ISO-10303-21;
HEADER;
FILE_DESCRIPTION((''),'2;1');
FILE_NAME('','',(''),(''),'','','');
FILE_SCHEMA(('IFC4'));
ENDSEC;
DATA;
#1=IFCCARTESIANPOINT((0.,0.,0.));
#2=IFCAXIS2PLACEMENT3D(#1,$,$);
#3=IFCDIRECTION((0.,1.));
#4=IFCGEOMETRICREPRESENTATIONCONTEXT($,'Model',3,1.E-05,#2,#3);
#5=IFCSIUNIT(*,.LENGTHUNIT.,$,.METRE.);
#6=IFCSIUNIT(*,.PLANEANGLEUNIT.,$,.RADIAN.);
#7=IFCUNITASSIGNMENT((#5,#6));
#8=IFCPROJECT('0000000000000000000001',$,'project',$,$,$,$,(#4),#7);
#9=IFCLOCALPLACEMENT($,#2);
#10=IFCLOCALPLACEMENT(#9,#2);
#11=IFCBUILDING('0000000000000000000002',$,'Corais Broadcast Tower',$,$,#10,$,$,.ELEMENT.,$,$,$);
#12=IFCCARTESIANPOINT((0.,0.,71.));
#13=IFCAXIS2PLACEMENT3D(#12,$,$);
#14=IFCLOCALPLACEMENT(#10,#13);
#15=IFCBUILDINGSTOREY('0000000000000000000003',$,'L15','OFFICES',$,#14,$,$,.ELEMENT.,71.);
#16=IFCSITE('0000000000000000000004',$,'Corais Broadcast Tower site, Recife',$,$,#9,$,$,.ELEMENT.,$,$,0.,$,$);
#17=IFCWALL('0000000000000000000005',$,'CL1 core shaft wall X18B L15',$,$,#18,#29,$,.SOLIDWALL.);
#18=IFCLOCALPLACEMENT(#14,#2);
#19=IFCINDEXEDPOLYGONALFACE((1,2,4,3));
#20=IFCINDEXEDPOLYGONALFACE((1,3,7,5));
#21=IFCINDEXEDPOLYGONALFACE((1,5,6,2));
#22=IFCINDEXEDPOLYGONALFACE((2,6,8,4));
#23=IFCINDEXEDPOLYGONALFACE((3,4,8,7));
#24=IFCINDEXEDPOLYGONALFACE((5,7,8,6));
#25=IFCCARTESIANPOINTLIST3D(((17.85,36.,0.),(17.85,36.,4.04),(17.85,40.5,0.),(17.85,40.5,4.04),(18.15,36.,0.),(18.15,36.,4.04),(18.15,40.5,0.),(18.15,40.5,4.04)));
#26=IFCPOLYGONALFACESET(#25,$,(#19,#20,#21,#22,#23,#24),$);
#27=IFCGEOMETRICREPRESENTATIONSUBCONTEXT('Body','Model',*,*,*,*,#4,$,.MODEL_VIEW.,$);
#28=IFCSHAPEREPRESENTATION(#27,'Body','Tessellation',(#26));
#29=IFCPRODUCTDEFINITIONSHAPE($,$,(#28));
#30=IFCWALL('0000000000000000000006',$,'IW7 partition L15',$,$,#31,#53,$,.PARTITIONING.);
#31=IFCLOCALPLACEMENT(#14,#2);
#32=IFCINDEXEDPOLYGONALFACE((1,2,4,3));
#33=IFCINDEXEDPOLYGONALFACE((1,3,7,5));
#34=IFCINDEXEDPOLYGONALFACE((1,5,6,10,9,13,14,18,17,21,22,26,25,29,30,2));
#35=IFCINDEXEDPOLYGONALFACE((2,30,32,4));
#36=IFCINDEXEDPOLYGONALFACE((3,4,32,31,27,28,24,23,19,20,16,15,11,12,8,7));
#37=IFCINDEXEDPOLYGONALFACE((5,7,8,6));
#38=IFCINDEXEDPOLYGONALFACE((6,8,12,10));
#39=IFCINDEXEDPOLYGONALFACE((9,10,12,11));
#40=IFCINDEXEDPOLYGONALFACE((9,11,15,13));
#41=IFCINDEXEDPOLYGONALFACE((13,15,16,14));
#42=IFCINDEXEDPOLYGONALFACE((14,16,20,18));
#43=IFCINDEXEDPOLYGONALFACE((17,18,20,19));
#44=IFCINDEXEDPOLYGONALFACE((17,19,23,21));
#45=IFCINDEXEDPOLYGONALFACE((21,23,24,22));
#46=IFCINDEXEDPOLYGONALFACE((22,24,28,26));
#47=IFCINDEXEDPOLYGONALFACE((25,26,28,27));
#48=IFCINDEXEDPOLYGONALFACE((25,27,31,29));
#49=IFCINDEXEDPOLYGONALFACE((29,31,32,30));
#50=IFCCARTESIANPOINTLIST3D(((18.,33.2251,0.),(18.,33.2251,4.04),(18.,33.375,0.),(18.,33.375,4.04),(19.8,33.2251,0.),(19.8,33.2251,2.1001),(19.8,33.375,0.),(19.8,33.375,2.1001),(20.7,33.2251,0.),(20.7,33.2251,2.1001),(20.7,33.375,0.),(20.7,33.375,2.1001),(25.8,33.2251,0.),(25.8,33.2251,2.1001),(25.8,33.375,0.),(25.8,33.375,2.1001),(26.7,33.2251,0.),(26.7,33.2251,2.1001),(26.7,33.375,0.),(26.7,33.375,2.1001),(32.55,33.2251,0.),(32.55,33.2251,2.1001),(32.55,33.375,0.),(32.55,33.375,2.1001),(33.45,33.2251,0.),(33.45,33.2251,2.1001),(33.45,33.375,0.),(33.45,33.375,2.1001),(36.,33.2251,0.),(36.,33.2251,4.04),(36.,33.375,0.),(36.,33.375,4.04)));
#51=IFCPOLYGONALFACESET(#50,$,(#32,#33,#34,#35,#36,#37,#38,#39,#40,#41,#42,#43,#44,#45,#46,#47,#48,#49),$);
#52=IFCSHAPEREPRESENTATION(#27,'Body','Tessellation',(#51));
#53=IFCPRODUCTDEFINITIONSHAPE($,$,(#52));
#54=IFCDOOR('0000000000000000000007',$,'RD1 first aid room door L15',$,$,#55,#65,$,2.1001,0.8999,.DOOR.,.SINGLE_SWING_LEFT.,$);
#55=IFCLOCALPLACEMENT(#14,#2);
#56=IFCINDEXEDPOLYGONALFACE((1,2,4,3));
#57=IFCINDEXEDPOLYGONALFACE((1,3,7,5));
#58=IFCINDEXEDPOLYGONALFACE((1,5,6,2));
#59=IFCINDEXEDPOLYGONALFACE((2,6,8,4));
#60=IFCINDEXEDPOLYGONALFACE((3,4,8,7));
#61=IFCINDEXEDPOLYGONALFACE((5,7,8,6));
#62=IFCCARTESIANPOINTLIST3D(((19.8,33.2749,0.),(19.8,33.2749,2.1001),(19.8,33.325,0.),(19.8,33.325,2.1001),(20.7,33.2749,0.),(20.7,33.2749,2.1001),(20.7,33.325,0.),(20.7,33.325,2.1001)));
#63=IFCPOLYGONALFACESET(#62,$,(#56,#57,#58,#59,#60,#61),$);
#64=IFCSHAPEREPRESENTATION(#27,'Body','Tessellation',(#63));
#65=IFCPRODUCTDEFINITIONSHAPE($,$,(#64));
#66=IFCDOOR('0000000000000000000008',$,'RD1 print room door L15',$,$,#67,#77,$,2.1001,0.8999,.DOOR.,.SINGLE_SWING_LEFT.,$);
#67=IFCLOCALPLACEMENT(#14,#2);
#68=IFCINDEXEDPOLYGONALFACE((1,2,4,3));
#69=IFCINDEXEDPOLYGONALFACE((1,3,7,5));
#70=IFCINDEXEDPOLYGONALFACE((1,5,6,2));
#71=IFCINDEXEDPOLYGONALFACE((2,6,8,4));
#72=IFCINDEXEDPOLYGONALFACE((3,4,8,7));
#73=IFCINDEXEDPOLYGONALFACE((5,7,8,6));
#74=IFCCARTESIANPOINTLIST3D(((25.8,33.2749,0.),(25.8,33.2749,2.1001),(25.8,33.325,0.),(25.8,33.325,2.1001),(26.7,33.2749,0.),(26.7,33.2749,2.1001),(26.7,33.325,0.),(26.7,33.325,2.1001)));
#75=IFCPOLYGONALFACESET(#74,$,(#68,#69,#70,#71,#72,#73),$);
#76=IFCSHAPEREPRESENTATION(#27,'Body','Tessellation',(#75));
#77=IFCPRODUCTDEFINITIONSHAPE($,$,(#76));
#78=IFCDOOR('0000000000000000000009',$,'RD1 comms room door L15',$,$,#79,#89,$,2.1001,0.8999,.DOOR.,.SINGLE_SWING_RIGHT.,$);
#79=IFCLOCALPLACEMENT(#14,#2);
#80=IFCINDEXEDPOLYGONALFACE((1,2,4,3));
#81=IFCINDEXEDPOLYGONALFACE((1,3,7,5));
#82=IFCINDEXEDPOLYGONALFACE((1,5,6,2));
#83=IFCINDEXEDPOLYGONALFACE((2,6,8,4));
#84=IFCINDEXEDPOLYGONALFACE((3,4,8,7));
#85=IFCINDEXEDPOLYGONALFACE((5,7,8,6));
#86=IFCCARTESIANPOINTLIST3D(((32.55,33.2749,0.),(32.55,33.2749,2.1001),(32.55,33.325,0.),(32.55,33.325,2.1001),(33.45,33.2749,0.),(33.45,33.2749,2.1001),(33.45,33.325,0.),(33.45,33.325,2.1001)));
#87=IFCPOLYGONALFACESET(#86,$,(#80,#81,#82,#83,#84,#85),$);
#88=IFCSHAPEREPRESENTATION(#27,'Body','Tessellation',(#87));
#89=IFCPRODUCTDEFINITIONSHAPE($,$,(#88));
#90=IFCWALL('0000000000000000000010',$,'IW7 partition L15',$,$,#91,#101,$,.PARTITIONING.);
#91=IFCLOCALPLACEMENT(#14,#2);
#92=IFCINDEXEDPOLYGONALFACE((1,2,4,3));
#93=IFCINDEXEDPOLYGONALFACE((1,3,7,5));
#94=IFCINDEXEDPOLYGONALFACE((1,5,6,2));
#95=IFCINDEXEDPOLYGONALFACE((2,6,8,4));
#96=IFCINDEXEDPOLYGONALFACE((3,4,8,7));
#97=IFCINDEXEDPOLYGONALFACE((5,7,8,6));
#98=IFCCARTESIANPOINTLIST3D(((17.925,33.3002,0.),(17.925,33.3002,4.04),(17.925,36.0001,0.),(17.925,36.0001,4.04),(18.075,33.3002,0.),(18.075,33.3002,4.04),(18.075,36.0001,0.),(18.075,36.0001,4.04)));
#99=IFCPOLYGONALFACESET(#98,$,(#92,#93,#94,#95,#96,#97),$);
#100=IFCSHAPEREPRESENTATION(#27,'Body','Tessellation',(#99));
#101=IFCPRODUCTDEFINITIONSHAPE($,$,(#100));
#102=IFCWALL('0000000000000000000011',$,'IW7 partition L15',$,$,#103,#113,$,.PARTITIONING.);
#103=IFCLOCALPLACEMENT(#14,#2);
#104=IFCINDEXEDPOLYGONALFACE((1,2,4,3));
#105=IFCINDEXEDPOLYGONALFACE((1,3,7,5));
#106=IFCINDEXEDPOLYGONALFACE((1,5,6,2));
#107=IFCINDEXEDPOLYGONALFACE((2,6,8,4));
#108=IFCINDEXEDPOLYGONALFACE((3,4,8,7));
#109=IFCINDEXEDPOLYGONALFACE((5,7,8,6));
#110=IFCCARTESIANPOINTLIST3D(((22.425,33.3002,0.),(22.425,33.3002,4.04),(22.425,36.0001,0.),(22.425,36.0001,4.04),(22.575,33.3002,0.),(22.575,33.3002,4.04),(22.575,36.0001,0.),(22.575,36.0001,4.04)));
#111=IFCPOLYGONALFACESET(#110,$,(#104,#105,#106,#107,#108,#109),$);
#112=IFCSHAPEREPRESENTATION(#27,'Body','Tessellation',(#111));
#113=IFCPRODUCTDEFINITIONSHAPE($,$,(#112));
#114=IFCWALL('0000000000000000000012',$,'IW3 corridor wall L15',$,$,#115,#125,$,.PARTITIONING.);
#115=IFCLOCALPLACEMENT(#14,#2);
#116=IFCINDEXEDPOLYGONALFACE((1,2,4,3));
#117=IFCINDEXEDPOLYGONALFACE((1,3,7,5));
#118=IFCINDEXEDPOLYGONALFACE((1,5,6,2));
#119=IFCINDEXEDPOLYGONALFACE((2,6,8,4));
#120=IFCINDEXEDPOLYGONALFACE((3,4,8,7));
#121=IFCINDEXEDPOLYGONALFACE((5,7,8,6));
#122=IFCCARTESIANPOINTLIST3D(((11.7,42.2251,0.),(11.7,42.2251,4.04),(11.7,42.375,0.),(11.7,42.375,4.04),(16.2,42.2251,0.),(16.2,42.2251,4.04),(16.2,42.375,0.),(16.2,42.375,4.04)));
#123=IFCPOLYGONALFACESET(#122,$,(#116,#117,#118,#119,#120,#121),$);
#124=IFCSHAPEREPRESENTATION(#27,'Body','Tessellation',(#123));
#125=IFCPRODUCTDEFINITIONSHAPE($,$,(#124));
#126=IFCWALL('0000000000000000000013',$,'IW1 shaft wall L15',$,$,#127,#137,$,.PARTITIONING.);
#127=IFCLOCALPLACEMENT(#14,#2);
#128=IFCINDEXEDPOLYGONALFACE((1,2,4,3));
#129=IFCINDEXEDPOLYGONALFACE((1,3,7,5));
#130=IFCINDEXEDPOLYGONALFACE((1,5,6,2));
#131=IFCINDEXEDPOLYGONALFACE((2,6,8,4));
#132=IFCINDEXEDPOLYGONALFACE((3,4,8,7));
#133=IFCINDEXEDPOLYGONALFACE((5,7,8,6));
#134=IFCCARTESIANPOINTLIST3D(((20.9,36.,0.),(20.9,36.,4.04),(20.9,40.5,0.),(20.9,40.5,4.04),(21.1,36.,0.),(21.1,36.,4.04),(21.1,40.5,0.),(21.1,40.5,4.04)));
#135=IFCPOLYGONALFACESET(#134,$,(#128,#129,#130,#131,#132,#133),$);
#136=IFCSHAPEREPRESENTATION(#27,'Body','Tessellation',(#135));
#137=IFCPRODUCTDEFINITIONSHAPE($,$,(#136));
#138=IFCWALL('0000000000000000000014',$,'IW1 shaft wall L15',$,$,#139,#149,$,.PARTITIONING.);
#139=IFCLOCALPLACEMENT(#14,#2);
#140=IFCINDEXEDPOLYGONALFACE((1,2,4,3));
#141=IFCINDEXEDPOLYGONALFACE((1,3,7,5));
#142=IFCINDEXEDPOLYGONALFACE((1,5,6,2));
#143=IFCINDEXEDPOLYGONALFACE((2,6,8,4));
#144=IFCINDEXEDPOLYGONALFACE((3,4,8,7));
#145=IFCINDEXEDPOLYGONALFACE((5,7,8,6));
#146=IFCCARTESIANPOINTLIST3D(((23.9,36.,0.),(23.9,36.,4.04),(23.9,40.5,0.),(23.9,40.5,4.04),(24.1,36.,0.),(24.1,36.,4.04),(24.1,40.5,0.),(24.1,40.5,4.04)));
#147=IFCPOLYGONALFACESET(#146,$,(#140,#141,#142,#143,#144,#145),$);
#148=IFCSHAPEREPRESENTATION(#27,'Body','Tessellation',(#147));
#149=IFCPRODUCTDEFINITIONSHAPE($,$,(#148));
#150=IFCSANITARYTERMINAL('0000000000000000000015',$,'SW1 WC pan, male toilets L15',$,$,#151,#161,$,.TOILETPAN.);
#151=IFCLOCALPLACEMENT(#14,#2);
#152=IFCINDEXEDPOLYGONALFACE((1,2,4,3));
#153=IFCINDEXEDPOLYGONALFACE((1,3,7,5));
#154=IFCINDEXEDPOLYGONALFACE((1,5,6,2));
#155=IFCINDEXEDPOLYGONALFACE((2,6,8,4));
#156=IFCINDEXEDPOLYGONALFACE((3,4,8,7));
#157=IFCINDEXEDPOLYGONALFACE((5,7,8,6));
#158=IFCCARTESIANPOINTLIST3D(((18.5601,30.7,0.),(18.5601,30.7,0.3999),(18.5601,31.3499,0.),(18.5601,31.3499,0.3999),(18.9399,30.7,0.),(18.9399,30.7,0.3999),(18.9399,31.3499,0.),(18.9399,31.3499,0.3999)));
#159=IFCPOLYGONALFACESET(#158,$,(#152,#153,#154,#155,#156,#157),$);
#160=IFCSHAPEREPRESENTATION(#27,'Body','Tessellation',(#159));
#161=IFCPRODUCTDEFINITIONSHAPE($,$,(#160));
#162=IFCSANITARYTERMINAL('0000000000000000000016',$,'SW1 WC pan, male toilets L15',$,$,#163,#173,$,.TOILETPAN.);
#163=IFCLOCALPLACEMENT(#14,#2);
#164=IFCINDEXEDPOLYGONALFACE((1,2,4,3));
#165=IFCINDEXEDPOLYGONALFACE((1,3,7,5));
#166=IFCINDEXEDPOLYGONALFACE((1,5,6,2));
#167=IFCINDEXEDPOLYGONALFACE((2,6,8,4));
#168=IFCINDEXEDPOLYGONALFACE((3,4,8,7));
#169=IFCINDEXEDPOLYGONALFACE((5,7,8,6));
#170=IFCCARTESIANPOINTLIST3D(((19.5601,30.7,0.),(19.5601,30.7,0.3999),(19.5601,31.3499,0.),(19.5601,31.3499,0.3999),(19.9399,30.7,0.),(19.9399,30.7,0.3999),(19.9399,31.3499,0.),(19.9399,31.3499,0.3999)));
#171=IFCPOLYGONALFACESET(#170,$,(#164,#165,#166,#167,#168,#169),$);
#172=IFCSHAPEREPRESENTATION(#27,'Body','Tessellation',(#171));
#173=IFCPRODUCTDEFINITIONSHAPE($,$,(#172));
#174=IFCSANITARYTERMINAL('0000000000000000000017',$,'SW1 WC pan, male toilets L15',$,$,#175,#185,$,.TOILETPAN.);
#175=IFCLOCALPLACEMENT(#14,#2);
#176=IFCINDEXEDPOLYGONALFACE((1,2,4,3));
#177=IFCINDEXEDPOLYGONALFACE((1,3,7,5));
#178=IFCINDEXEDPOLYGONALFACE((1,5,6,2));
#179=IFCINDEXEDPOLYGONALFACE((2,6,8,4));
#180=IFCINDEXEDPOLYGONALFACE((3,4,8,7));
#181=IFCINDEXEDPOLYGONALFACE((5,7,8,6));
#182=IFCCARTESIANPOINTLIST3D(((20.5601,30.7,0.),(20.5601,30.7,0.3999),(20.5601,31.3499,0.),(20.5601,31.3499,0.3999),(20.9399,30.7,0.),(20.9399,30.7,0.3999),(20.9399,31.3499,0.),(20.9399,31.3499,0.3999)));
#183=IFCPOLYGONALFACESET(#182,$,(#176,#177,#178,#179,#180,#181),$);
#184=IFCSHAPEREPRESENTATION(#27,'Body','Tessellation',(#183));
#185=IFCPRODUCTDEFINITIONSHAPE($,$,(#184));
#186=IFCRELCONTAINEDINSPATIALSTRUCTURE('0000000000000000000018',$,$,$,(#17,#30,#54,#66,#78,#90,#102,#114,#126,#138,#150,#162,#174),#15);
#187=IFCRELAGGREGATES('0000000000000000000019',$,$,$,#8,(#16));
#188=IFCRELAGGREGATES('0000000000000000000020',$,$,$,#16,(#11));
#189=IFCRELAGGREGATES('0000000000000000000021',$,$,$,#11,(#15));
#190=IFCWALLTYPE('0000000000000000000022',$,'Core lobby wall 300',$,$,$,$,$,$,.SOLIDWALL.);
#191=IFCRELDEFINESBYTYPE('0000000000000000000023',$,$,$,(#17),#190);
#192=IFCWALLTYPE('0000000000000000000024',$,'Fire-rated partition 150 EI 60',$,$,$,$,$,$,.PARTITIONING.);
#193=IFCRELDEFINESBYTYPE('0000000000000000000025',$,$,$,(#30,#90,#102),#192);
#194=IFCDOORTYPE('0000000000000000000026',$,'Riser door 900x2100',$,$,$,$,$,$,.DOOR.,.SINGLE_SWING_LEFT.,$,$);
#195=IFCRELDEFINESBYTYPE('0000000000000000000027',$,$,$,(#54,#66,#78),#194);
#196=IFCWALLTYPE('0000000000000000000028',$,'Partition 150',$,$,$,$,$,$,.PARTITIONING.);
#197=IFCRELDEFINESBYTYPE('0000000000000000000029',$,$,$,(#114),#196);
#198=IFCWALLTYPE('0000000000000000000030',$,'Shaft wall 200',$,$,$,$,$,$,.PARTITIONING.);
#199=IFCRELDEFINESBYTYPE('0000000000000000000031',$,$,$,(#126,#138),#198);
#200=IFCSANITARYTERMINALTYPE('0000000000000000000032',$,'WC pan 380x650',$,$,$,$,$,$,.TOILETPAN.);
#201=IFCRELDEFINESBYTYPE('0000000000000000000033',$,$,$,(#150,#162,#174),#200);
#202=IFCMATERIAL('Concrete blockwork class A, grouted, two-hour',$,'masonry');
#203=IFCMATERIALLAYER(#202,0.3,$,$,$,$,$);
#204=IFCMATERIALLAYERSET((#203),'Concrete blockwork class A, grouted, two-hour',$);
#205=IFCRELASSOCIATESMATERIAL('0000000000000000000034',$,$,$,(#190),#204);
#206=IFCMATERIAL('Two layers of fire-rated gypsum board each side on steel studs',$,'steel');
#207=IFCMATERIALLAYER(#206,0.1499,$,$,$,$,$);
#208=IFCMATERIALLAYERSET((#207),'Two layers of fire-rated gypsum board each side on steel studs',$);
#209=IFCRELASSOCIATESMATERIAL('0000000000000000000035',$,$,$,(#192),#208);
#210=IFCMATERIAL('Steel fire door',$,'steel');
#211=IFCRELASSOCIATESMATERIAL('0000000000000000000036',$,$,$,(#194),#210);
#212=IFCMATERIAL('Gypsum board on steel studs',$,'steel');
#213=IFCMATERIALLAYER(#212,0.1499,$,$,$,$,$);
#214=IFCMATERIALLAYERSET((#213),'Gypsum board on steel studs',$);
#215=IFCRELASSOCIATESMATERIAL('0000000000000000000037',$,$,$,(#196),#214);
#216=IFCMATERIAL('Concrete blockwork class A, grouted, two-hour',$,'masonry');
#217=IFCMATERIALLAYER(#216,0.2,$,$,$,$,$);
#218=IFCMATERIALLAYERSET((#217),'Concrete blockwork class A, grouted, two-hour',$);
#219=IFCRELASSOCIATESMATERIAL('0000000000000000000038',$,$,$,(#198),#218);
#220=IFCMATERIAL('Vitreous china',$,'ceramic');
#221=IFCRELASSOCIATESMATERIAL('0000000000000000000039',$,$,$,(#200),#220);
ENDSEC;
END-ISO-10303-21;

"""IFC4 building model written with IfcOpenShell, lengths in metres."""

from ifc_helpers import new_model, si_unit, direction, frame, frame_2d, origin, origin_2d, place, context, subcontext, project, spatial, rectangle, extrude, material, layer, layer_set, type_object, element, fill, save


model = new_model("IFC4")

# Units and contexts
model_context = context("Model", 3, precision=1e-05, world=origin(), true_north=direction((0.0, 1.0)))
body_context = subcontext(model_context, "Body", "Model", "MODEL_VIEW")
ifc_project = project(units=[si_unit("LENGTHUNIT", "METRE"), si_unit("PLANEANGLEUNIT", "RADIAN")], contexts=[model_context])

# Site, building, storey
site_placement = place(None, origin())
site = spatial("IfcSite", under=ifc_project, at=site_placement, Name="Corais Broadcast Tower site, Recife", CompositionType="ELEMENT", RefElevation=0.0)
building_placement = place(site_placement, origin())
building = spatial("IfcBuilding", under=site, at=building_placement, Name="Corais Broadcast Tower", CompositionType="ELEMENT")
storey_placement = place(building_placement, frame((0.0, 0.0, 71.0)))
storey = spatial("IfcBuildingStorey", under=building, at=storey_placement, Name="L15", Description="OFFICES", CompositionType="ELEMENT", Elevation=71.0)

# Wall
ifc_material_1 = material(Name="Concrete blockwork class A, grouted, two-hour", Category="masonry")
ifc_layer_1 = layer(ifc_material_1, 0.3)
ifc_layer_set_1 = layer_set([ifc_layer_1], Name="Concrete blockwork class A, grouted, two-hour")
wall_type_1 = type_object("IfcWallType", Name="Core lobby wall 300", PredefinedType="SOLIDWALL", material=ifc_layer_set_1)
wall_1_placement = place(storey_placement, frame((18.0, 36.0, 0.0), z_axis=(0.0, 0.0, 1.0), x_axis=(0.0, 1.0, 0.0)))
element("IfcWall", 1, at=wall_1_placement, inside=storey, type_object=wall_type_1, Name="CL1 core shaft wall X18B L15", PredefinedType="SOLIDWALL", context=body_context, shape_type="SweptSolid", body=[
    extrude(rectangle(XDim=4.5, YDim=0.3, at=frame_2d((2.25, 0.0))), origin(), (0.0, 0.0, 1.0), 4.04),
])

# Wall, openings, doors
ifc_material_2 = material(Name="Two layers of fire-rated gypsum board each side on steel studs", Category="steel")
ifc_layer_2 = layer(ifc_material_2, 0.1499)
ifc_layer_set_2 = layer_set([ifc_layer_2], Name="Two layers of fire-rated gypsum board each side on steel studs")
wall_type_2 = type_object("IfcWallType", Name="Fire-rated partition 150 EI 60", PredefinedType="PARTITIONING", material=ifc_layer_set_2)
wall_2_placement = place(storey_placement, frame((18.0, 33.3, 0.0), z_axis=(0.0, 0.0, 1.0), x_axis=(1.0, 0.0, 0.0)))
wall_2 = element("IfcWall", 2, at=wall_2_placement, inside=storey, type_object=wall_type_2, Name="IW7 partition L15", PredefinedType="PARTITIONING", context=body_context, shape_type="SweptSolid", body=[
    extrude(rectangle(XDim=18.0, YDim=0.1499, at=frame_2d((9.0, 0.0))), origin(), (0.0, 0.0, 1.0), 4.04),
])
opening_1_placement = place(wall_2_placement, frame((1.8, 0.0, 0.0)))
opening_1 = element("IfcOpeningElement", 3, at=opening_1_placement, cuts=wall_2, PredefinedType="OPENING", context=body_context, shape_type="SweptSolid", body=[
    extrude(rectangle(XDim=0.8999, YDim=2.1001, at=frame_2d((0.45, 1.05))), frame((0.0, 0.085, 0.0), z_axis=(0.0, -1.0, 0.0), x_axis=(1.0, 0.0, 0.0)), (0.0, 0.0, 1.0), 0.1699),
])
opening_2_placement = place(wall_2_placement, frame((7.8, 0.0, 0.0)))
opening_2 = element("IfcOpeningElement", 4, at=opening_2_placement, cuts=wall_2, PredefinedType="OPENING", context=body_context, shape_type="SweptSolid", body=[
    extrude(rectangle(XDim=0.8999, YDim=2.1001, at=frame_2d((0.45, 1.05))), frame((0.0, 0.085, 0.0), z_axis=(0.0, -1.0, 0.0), x_axis=(1.0, 0.0, 0.0)), (0.0, 0.0, 1.0), 0.1699),
])
opening_3_placement = place(wall_2_placement, frame((14.55, 0.0, 0.0)))
opening_3 = element("IfcOpeningElement", 5, at=opening_3_placement, cuts=wall_2, PredefinedType="OPENING", context=body_context, shape_type="SweptSolid", body=[
    extrude(rectangle(XDim=0.8999, YDim=2.1001, at=frame_2d((0.45, 1.05))), frame((0.0, 0.085, 0.0), z_axis=(0.0, -1.0, 0.0), x_axis=(1.0, 0.0, 0.0)), (0.0, 0.0, 1.0), 0.1699),
])
ifc_material_3 = material(Name="Steel fire door", Category="steel")
door_type = type_object("IfcDoorType", Name="Riser door 900x2100", OperationType="SINGLE_SWING_LEFT", PredefinedType="DOOR", material=ifc_material_3)
door_1_placement = place(opening_1_placement, origin())
door_1 = element("IfcDoor", 6, at=door_1_placement, inside=storey, type_object=door_type, Name="RD1 first aid room door L15", OperationType="SINGLE_SWING_LEFT", OverallHeight=2.1001, OverallWidth=0.8999, PredefinedType="DOOR", context=body_context, shape_type="SweptSolid", body=[
    extrude(rectangle(XDim=0.8999, YDim=2.1001, at=frame_2d((0.45, 1.05))), frame((0.0, 0.0249, 0.0), z_axis=(0.0, -1.0, 0.0), x_axis=(1.0, 0.0, 0.0)), (0.0, 0.0, 1.0), 0.05),
])
fill(opening_1, door_1)
door_2_placement = place(opening_2_placement, origin())
door_2 = element("IfcDoor", 7, at=door_2_placement, inside=storey, type_object=door_type, Name="RD1 print room door L15", OperationType="SINGLE_SWING_LEFT", OverallHeight=2.1001, OverallWidth=0.8999, PredefinedType="DOOR", context=body_context, shape_type="SweptSolid", body=[
    extrude(rectangle(XDim=0.8999, YDim=2.1001, at=frame_2d((0.45, 1.05))), frame((0.0, 0.0249, 0.0), z_axis=(0.0, -1.0, 0.0), x_axis=(1.0, 0.0, 0.0)), (0.0, 0.0, 1.0), 0.05),
])
fill(opening_2, door_2)
door_3_placement = place(opening_3_placement, origin())
door_3 = element("IfcDoor", 8, at=door_3_placement, inside=storey, type_object=door_type, Name="RD1 comms room door L15", OperationType="SINGLE_SWING_RIGHT", OverallHeight=2.1001, OverallWidth=0.8999, PredefinedType="DOOR", context=body_context, shape_type="SweptSolid", body=[
    extrude(rectangle(XDim=0.8999, YDim=2.1001, at=frame_2d((0.45, 1.05))), frame((0.0, 0.0249, 0.0), z_axis=(0.0, -1.0, 0.0), x_axis=(1.0, 0.0, 0.0)), (0.0, 0.0, 1.0), 0.05),
])
fill(opening_3, door_3)

# Walls
for number, where, z_axis, x_axis, name in (
    (9, (18.0, 33.3, 0.0), (0.0, 0.0, 1.0), (0.0, 1.0, 0.0), "IW7 partition L15"),
    (10, (22.5, 33.3, 0.0), (0.0, 0.0, 1.0), (0.0, 1.0, 0.0), "IW7 partition L15"),
):
    element("IfcWall", number, at=place(storey_placement, frame(where, z_axis=z_axis, x_axis=x_axis)), inside=storey, type_object=wall_type_2, Name=name, PredefinedType="PARTITIONING", context=body_context, shape_type="SweptSolid", body=[
        extrude(rectangle(XDim=2.7, YDim=0.1499, at=frame_2d((1.3501, 0.0))), origin(), (0.0, 0.0, 1.0), 4.04),
    ])
ifc_material_4 = material(Name="Gypsum board on steel studs", Category="steel")
ifc_layer_3 = layer(ifc_material_4, 0.1499)
ifc_layer_set_3 = layer_set([ifc_layer_3], Name="Gypsum board on steel studs")
wall_type_3 = type_object("IfcWallType", Name="Partition 150", PredefinedType="PARTITIONING", material=ifc_layer_set_3)
wall_3_placement = place(storey_placement, frame((16.2, 42.3, 0.0), z_axis=(0.0, 0.0, 1.0), x_axis=(-1.0, 0.0, 0.0)))
element("IfcWall", 11, at=wall_3_placement, inside=storey, type_object=wall_type_3, Name="IW3 corridor wall L15", PredefinedType="PARTITIONING", context=body_context, shape_type="SweptSolid", body=[
    extrude(rectangle(XDim=4.5, YDim=0.1499, at=frame_2d((2.25, 0.0))), origin(), (0.0, 0.0, 1.0), 4.04),
])
ifc_material_5 = material(Name="Concrete blockwork class A, grouted, two-hour", Category="masonry")
ifc_layer_4 = layer(ifc_material_5, 0.2)
ifc_layer_set_4 = layer_set([ifc_layer_4], Name="Concrete blockwork class A, grouted, two-hour")
wall_type_4 = type_object("IfcWallType", Name="Shaft wall 200", PredefinedType="PARTITIONING", material=ifc_layer_set_4)
for number, where, z_axis, x_axis, name in (
    (12, (21.0, 36.0, 0.0), (0.0, 0.0, 1.0), (0.0, 1.0, 0.0), "IW1 shaft wall L15"),
    (13, (24.0, 36.0, 0.0), (0.0, 0.0, 1.0), (0.0, 1.0, 0.0), "IW1 shaft wall L15"),
):
    element("IfcWall", number, at=place(storey_placement, frame(where, z_axis=z_axis, x_axis=x_axis)), inside=storey, type_object=wall_type_4, Name=name, PredefinedType="PARTITIONING", context=body_context, shape_type="SweptSolid", body=[
        extrude(rectangle(XDim=4.5, YDim=0.2, at=frame_2d((2.25, 0.0))), origin(), (0.0, 0.0, 1.0), 4.04),
    ])

# Sanitary terminals
ifc_material_6 = material(Name="Vitreous china", Category="ceramic")
sanitary_terminal_type = type_object("IfcSanitaryTerminalType", Name="WC pan 380x650", PredefinedType="TOILETPAN", material=ifc_material_6)
for number, where, z_axis, x_axis, name in (
    (14, (18.75, 31.0249, 0.0), (0.0, 0.0, 1.0), (1.0, 0.0, 0.0), "SW1 WC pan, male toilets L15"),
    (15, (19.75, 31.0249, 0.0), (0.0, 0.0, 1.0), (1.0, 0.0, 0.0), "SW1 WC pan, male toilets L15"),
    (16, (20.75, 31.0249, 0.0), (0.0, 0.0, 1.0), (1.0, 0.0, 0.0), "SW1 WC pan, male toilets L15"),
):
    element("IfcSanitaryTerminal", number, at=place(storey_placement, frame(where, z_axis=z_axis, x_axis=x_axis)), inside=storey, type_object=sanitary_terminal_type, Name=name, PredefinedType="TOILETPAN", context=body_context, shape_type="SweptSolid", body=[
        extrude(rectangle(XDim=0.3799, YDim=0.6499, at=origin_2d()), origin(), (0.0, 0.0, 1.0), 0.3999),
    ])

save(model, "model.ifc")
